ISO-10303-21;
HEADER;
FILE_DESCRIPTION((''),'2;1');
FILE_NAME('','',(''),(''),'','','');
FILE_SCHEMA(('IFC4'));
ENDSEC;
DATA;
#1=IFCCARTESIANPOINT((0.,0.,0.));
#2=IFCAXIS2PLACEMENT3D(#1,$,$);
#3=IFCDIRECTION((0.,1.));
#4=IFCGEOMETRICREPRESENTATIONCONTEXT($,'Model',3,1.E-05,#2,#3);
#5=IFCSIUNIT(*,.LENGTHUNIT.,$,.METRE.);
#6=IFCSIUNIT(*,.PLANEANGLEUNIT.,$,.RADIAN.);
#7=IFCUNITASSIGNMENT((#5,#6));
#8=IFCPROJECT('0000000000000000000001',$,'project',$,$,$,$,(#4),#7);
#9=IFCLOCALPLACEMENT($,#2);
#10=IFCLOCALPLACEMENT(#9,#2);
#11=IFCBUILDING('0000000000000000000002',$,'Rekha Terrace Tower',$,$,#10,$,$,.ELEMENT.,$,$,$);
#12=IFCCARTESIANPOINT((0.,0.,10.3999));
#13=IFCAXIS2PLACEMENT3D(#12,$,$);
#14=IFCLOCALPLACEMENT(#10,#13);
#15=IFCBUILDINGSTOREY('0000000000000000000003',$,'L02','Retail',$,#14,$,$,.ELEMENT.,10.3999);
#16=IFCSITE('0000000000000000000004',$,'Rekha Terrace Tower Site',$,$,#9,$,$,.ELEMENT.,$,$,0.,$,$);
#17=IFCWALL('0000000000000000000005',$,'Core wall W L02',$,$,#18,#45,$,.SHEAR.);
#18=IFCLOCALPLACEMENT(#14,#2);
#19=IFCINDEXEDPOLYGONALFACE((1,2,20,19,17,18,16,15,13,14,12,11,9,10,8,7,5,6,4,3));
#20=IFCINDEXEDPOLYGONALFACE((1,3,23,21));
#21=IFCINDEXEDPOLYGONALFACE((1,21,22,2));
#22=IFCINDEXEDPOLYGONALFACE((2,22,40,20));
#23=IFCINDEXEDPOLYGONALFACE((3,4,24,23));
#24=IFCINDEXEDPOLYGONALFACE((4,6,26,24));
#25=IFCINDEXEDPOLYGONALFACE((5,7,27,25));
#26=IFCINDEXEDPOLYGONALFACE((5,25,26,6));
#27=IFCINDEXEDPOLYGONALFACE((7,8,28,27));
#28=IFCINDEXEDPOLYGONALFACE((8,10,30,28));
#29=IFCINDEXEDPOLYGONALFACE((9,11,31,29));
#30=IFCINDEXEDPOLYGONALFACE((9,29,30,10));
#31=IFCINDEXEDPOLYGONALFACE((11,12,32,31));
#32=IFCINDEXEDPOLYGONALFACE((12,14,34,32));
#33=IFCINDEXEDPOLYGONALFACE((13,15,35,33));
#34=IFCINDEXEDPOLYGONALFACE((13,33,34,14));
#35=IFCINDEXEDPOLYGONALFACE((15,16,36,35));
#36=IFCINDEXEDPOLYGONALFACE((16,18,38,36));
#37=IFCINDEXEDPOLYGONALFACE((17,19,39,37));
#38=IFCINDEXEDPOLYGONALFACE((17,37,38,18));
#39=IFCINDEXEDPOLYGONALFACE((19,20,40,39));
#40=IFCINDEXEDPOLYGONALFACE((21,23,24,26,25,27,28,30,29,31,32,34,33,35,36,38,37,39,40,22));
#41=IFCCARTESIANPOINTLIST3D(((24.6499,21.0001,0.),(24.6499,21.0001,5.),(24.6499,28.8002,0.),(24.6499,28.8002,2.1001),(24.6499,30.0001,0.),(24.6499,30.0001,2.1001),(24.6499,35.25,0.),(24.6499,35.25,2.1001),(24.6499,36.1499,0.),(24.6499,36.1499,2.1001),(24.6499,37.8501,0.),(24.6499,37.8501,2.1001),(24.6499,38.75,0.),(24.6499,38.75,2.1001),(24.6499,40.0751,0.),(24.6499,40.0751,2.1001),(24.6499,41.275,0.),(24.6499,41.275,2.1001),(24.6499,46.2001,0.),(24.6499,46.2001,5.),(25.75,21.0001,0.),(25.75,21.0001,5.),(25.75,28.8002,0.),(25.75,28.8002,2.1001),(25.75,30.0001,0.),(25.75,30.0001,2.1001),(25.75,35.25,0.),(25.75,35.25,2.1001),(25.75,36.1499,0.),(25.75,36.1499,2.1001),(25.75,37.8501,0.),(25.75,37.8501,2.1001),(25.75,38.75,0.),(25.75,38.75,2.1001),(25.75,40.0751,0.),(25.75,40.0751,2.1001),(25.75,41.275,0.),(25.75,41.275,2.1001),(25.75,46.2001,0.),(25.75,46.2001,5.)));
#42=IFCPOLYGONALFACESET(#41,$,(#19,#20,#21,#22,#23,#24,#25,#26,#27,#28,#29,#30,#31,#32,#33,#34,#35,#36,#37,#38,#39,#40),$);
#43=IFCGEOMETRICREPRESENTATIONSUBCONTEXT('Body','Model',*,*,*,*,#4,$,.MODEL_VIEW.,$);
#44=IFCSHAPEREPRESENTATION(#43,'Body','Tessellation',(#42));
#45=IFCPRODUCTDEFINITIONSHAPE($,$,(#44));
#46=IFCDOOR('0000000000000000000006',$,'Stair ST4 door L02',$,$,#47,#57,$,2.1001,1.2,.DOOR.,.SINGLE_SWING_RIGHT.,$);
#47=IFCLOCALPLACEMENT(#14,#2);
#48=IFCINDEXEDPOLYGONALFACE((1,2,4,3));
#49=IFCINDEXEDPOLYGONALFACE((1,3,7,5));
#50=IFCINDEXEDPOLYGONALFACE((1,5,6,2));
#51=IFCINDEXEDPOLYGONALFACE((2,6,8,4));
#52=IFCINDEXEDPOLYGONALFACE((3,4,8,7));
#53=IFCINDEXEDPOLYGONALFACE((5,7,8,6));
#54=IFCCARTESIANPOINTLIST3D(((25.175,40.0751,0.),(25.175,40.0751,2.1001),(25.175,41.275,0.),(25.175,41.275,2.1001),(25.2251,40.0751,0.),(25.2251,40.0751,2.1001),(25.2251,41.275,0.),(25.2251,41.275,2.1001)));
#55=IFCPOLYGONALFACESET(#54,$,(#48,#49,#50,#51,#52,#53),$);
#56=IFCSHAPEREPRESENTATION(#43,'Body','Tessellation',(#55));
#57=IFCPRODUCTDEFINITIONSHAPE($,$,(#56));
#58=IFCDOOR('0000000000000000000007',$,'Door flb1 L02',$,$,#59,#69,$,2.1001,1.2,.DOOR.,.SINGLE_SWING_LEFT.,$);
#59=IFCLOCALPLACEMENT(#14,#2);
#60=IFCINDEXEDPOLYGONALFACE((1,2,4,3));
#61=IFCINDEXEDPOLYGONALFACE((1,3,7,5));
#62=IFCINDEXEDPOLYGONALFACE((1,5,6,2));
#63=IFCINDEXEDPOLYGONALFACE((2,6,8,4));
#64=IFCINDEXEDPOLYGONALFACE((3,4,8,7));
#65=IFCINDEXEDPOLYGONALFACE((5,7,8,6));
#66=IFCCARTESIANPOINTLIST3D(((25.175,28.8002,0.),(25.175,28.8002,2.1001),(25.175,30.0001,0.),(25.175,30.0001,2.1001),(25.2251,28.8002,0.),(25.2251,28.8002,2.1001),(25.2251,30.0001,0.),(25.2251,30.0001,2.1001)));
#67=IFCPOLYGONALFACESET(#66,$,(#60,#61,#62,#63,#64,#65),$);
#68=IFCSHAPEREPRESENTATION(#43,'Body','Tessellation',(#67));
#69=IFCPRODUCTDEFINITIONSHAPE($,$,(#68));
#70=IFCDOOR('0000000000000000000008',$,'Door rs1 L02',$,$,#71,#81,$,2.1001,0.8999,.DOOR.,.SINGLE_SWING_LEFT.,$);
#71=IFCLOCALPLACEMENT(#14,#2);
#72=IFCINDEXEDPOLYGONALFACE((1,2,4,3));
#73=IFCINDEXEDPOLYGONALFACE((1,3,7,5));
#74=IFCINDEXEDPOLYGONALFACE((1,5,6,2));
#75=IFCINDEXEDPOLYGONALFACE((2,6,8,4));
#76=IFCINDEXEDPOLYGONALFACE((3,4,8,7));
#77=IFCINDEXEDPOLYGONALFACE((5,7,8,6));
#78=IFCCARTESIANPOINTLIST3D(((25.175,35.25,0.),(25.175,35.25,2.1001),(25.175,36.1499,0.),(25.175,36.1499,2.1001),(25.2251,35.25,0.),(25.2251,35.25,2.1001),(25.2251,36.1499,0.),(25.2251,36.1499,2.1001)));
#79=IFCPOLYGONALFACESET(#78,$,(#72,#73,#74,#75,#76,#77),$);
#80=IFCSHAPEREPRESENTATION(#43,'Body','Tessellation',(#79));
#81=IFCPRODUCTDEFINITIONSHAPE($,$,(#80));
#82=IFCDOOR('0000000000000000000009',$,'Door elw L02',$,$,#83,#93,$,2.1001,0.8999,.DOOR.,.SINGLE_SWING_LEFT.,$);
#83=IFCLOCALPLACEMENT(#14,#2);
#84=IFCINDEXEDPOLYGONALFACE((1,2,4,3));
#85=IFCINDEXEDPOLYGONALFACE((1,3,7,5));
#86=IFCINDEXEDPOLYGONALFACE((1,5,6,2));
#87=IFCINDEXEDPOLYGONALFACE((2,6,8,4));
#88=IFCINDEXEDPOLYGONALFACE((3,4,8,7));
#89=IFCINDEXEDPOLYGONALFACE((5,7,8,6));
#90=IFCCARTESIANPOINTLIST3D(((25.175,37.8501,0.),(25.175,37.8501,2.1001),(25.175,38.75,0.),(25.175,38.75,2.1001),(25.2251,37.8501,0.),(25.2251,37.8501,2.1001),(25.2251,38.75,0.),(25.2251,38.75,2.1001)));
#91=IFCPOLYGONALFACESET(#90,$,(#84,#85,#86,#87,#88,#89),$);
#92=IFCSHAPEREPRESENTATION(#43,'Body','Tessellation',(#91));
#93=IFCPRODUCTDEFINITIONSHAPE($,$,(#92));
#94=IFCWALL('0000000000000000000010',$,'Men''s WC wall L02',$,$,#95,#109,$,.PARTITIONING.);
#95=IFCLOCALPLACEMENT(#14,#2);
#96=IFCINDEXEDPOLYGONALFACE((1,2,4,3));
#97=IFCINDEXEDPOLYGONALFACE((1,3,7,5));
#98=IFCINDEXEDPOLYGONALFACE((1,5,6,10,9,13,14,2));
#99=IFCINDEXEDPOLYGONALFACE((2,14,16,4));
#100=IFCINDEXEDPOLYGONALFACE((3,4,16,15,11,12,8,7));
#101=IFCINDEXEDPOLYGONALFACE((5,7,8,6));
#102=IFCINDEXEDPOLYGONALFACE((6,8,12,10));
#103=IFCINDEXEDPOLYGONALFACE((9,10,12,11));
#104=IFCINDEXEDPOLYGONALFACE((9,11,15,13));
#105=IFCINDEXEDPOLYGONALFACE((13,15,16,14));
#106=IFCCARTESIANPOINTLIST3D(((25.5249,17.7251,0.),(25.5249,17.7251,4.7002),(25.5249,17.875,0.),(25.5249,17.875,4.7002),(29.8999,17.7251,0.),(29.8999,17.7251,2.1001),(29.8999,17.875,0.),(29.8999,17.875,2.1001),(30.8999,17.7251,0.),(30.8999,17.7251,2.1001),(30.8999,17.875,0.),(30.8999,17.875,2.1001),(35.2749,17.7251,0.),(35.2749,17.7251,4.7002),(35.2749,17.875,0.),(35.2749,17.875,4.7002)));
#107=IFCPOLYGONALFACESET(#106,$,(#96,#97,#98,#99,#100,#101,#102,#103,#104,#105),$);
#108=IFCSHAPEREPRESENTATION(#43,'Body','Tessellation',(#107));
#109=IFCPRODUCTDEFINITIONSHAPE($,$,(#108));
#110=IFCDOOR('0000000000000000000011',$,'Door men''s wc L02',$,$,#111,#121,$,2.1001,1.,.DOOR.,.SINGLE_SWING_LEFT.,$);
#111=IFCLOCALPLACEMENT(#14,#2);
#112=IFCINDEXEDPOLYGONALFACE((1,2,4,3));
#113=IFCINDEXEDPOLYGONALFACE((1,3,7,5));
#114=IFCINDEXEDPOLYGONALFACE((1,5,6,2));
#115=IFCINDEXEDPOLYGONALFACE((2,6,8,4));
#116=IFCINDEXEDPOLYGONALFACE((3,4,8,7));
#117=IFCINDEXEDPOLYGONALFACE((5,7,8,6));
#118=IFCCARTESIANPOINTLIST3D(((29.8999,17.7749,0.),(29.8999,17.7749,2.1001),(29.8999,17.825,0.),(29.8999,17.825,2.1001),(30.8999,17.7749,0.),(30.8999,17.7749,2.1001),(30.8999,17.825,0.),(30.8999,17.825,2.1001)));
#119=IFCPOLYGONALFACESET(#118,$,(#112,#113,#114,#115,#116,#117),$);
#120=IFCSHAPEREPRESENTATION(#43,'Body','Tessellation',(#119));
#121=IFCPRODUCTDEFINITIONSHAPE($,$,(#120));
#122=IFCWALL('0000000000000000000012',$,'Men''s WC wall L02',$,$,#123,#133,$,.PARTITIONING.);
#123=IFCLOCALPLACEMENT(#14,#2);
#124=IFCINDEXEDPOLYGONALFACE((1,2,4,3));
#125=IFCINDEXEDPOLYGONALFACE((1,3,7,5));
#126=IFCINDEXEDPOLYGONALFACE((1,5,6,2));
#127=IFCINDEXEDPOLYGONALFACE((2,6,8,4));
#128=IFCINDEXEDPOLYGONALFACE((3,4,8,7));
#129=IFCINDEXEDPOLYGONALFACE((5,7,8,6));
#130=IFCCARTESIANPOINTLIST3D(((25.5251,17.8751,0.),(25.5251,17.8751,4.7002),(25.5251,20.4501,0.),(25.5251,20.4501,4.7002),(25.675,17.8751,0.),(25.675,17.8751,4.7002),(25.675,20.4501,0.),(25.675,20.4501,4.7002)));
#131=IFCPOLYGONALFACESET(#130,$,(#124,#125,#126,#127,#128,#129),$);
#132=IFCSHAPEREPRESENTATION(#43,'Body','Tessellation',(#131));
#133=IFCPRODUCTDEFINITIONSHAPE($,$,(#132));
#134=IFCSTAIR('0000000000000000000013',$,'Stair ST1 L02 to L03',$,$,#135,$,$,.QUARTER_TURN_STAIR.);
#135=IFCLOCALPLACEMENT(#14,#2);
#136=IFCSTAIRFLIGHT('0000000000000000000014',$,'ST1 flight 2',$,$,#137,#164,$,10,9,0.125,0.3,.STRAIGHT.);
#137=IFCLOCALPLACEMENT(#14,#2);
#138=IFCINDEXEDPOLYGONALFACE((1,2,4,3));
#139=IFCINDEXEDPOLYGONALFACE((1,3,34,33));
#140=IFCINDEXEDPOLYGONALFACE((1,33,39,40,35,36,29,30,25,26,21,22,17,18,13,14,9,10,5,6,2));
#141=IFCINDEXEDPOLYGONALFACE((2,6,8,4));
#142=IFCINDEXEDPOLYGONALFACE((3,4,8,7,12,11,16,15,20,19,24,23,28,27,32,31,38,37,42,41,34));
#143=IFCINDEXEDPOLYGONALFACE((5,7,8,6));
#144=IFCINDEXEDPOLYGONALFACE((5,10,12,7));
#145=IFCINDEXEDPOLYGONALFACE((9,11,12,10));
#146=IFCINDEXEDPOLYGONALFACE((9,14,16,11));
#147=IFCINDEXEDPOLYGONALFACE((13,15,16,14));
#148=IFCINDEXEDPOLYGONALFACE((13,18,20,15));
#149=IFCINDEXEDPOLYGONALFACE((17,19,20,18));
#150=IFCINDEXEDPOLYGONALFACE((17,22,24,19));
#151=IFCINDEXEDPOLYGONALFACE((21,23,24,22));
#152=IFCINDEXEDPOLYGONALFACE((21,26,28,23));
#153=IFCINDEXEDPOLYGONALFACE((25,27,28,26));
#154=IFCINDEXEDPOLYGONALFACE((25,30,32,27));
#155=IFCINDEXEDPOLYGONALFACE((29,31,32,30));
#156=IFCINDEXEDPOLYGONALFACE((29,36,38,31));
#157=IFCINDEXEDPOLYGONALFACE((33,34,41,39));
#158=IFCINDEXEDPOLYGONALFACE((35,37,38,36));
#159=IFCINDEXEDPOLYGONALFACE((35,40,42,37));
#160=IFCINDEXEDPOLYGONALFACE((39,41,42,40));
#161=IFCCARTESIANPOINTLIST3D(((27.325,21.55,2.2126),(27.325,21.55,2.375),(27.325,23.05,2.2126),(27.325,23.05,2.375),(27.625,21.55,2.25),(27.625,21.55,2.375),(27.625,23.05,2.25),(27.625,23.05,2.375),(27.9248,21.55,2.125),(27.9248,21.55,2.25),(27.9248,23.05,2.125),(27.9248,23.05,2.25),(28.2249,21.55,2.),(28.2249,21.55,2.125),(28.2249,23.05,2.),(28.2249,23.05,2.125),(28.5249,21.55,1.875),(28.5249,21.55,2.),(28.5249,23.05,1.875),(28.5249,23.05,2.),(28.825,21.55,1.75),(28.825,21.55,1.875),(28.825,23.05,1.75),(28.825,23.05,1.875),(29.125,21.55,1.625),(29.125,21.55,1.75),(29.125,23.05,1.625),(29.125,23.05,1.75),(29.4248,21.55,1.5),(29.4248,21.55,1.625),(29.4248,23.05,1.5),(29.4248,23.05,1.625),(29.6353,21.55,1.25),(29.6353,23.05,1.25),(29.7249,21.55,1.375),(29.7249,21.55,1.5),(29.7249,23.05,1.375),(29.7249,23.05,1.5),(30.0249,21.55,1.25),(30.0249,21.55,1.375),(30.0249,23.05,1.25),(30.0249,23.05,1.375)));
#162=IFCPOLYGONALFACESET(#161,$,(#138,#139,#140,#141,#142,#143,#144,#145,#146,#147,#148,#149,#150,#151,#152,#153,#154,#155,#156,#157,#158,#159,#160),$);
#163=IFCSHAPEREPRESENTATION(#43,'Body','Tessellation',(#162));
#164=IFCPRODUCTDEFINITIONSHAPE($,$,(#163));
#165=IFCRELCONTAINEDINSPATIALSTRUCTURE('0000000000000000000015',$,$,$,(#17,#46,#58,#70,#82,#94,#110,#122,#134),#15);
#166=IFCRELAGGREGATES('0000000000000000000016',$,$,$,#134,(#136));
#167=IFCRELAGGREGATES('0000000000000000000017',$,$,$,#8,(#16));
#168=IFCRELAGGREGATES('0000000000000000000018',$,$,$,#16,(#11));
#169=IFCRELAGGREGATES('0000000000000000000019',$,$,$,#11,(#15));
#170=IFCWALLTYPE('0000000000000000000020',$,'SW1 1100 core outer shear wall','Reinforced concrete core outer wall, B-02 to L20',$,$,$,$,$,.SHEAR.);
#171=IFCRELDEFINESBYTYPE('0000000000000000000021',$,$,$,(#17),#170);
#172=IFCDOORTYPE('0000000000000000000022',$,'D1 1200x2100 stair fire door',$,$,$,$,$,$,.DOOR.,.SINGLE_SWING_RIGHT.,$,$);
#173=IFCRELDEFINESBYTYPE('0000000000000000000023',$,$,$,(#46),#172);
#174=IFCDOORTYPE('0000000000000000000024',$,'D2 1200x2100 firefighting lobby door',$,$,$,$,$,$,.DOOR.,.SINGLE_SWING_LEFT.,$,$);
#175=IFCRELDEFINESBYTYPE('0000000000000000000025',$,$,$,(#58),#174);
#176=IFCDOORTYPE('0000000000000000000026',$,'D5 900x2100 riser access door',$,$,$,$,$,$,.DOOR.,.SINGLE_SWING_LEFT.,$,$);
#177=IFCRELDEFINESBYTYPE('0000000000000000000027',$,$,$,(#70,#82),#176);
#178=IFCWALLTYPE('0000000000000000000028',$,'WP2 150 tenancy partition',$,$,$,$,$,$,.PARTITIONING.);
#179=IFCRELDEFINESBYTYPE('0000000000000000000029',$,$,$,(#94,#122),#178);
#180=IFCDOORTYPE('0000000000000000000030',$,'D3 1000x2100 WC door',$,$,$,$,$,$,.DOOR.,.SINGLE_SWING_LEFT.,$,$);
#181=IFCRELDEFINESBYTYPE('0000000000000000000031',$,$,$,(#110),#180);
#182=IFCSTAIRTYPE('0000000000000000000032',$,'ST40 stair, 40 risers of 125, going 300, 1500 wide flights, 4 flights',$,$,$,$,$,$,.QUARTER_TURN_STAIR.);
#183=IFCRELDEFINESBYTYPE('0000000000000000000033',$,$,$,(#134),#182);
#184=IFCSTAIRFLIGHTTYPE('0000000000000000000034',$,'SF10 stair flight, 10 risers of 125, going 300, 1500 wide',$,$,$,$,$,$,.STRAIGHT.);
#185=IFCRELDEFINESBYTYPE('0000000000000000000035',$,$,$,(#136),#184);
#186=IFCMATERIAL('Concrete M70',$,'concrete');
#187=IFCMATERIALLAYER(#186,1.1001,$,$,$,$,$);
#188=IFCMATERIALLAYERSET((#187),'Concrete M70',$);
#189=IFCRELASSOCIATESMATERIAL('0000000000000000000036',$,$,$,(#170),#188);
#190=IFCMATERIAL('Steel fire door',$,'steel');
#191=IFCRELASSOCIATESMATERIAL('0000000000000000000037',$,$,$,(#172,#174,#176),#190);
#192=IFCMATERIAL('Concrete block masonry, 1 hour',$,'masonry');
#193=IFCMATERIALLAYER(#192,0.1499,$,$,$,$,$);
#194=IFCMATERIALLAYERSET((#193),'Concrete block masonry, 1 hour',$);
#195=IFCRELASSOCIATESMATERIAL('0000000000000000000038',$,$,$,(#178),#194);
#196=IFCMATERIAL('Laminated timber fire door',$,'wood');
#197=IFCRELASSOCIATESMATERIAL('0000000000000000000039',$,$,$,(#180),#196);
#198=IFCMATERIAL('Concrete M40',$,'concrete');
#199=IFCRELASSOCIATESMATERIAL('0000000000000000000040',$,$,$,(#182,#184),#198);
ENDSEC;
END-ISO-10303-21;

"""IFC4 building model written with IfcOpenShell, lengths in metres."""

from ifc_helpers import new_model, si_unit, direction, frame, frame_2d, origin, place, context, subcontext, project, spatial, polyline, rectangle, outline, extrude, material, layer, layer_set, type_object, element, fill, aggregate, save


model = new_model("IFC4")

# Units and contexts
model_context = context("Model", 3, precision=1e-05, world=origin(), true_north=direction((0.0, 1.0)))
body_context = subcontext(model_context, "Body", "Model", "MODEL_VIEW")
ifc_project = project(units=[si_unit("LENGTHUNIT", "METRE"), si_unit("PLANEANGLEUNIT", "RADIAN")], contexts=[model_context])

# Site, building, storey
site_placement = place(None, origin())
site = spatial("IfcSite", under=ifc_project, at=site_placement, Name="Rekha Terrace Tower Site", CompositionType="ELEMENT", RefElevation=0.0)
building_placement = place(site_placement, origin())
building = spatial("IfcBuilding", under=site, at=building_placement, Name="Rekha Terrace Tower", CompositionType="ELEMENT")
storey_placement = place(building_placement, frame((0.0, 0.0, 10.3999)))
storey = spatial("IfcBuildingStorey", under=building, at=storey_placement, Name="L02", Description="Retail", CompositionType="ELEMENT", Elevation=10.3999)

# Shared definitions
ifc_material_1 = material(Name="Concrete M70", Category="concrete")

# Shared definitions
ifc_layer_1 = layer(ifc_material_1, 1.1001)
ifc_layer_set_1 = layer_set([ifc_layer_1], Name="Concrete M70")
wall_type_1 = type_object("IfcWallType", Name="SW1 1100 core outer shear wall", Description="Reinforced concrete core outer wall, B-02 to L20", PredefinedType="SHEAR", material=ifc_layer_set_1)

# Wall, openings, doors
wall_1_placement = place(storey_placement, frame((25.2, 21.0, 0.0), z_axis=(0.0, 0.0, 1.0), x_axis=(0.0, 1.0, 0.0)))
wall_1 = element("IfcWall", 1, at=wall_1_placement, inside=storey, type_object=wall_type_1, Name="Core wall W L02", PredefinedType="SHEAR", context=body_context, shape_type="SweptSolid", body=[
    extrude(rectangle(XDim=25.2, YDim=1.1001, at=frame_2d((12.6001, 0.0))), origin(), (0.0, 0.0, 1.0), 5.0),
])
opening_1_placement = place(wall_1_placement, frame((7.8, 0.0, 0.0)))
opening_1 = element("IfcOpeningElement", 2, at=opening_1_placement, cuts=wall_1, PredefinedType="OPENING", context=body_context, shape_type="SweptSolid", body=[
    extrude(rectangle(XDim=1.2, YDim=2.1001, at=frame_2d((0.6001, 1.05))), frame((0.0, 0.5601, 0.0), z_axis=(0.0, -1.0, 0.0), x_axis=(1.0, 0.0, 0.0)), (0.0, 0.0, 1.0), 1.1201),
])
opening_2_placement = place(wall_1_placement, frame((14.25, 0.0, 0.0)))
opening_2 = element("IfcOpeningElement", 3, at=opening_2_placement, cuts=wall_1, PredefinedType="OPENING", context=body_context, shape_type="SweptSolid", body=[
    extrude(rectangle(XDim=0.8999, YDim=2.1001, at=frame_2d((0.45, 1.05))), frame((0.0, 0.5601, 0.0), z_axis=(0.0, -1.0, 0.0), x_axis=(1.0, 0.0, 0.0)), (0.0, 0.0, 1.0), 1.1201),
])
opening_3_placement = place(wall_1_placement, frame((16.8501, 0.0, 0.0)))
opening_3 = element("IfcOpeningElement", 4, at=opening_3_placement, cuts=wall_1, PredefinedType="OPENING", context=body_context, shape_type="SweptSolid", body=[
    extrude(rectangle(XDim=0.8999, YDim=2.1001, at=frame_2d((0.45, 1.05))), frame((0.0, 0.5601, 0.0), z_axis=(0.0, -1.0, 0.0), x_axis=(1.0, 0.0, 0.0)), (0.0, 0.0, 1.0), 1.1201),
])
opening_4_placement = place(wall_1_placement, frame((19.075, 0.0, 0.0)))
opening_4 = element("IfcOpeningElement", 5, at=opening_4_placement, cuts=wall_1, PredefinedType="OPENING", context=body_context, shape_type="SweptSolid", body=[
    extrude(rectangle(XDim=1.2, YDim=2.1001, at=frame_2d((0.6001, 1.05))), frame((0.0, 0.5601, 0.0), z_axis=(0.0, -1.0, 0.0), x_axis=(1.0, 0.0, 0.0)), (0.0, 0.0, 1.0), 1.1201),
])
ifc_material_2 = material(Name="Steel fire door", Category="steel")
door_type_1 = type_object("IfcDoorType", Name="D1 1200x2100 stair fire door", OperationType="SINGLE_SWING_RIGHT", PredefinedType="DOOR", material=ifc_material_2)
door_1_placement = place(opening_4_placement, origin())
door_1 = element("IfcDoor", 6, at=door_1_placement, inside=storey, type_object=door_type_1, Name="Stair ST4 door L02", OperationType="SINGLE_SWING_RIGHT", OverallHeight=2.1001, OverallWidth=1.2, PredefinedType="DOOR", context=body_context, shape_type="SweptSolid", body=[
    extrude(rectangle(XDim=1.2, YDim=2.1001, at=frame_2d((0.6001, 1.05))), frame((0.0, 0.0249, 0.0), z_axis=(0.0, -1.0, 0.0), x_axis=(1.0, 0.0, 0.0)), (0.0, 0.0, 1.0), 0.05),
])
fill(opening_4, door_1)
door_type_2 = type_object("IfcDoorType", Name="D2 1200x2100 firefighting lobby door", OperationType="SINGLE_SWING_LEFT", PredefinedType="DOOR", material=ifc_material_2)
door_2_placement = place(opening_1_placement, origin())
door_2 = element("IfcDoor", 7, at=door_2_placement, inside=storey, type_object=door_type_2, Name="Door flb1 L02", OperationType="SINGLE_SWING_LEFT", OverallHeight=2.1001, OverallWidth=1.2, PredefinedType="DOOR", context=body_context, shape_type="SweptSolid", body=[
    extrude(rectangle(XDim=1.2, YDim=2.1001, at=frame_2d((0.6001, 1.05))), frame((0.0, 0.0249, 0.0), z_axis=(0.0, -1.0, 0.0), x_axis=(1.0, 0.0, 0.0)), (0.0, 0.0, 1.0), 0.05),
])
fill(opening_1, door_2)
door_type_3 = type_object("IfcDoorType", Name="D5 900x2100 riser access door", OperationType="SINGLE_SWING_LEFT", PredefinedType="DOOR", material=ifc_material_2)
door_3_placement = place(opening_2_placement, origin())
door_3 = element("IfcDoor", 8, at=door_3_placement, inside=storey, type_object=door_type_3, Name="Door rs1 L02", OperationType="SINGLE_SWING_LEFT", OverallHeight=2.1001, OverallWidth=0.8999, PredefinedType="DOOR", context=body_context, shape_type="SweptSolid", body=[
    extrude(rectangle(XDim=0.8999, YDim=2.1001, at=frame_2d((0.45, 1.05))), frame((0.0, 0.0249, 0.0), z_axis=(0.0, -1.0, 0.0), x_axis=(1.0, 0.0, 0.0)), (0.0, 0.0, 1.0), 0.05),
])
fill(opening_2, door_3)
door_4_placement = place(opening_3_placement, origin())
door_4 = element("IfcDoor", 9, at=door_4_placement, inside=storey, type_object=door_type_3, Name="Door elw L02", OperationType="SINGLE_SWING_LEFT", OverallHeight=2.1001, OverallWidth=0.8999, PredefinedType="DOOR", context=body_context, shape_type="SweptSolid", body=[
    extrude(rectangle(XDim=0.8999, YDim=2.1001, at=frame_2d((0.45, 1.05))), frame((0.0, 0.0249, 0.0), z_axis=(0.0, -1.0, 0.0), x_axis=(1.0, 0.0, 0.0)), (0.0, 0.0, 1.0), 0.05),
])
fill(opening_3, door_4)

# Wall, opening, door
ifc_material_3 = material(Name="Concrete block masonry, 1 hour", Category="masonry")
ifc_layer_2 = layer(ifc_material_3, 0.1499)
ifc_layer_set_2 = layer_set([ifc_layer_2], Name="Concrete block masonry, 1 hour")
wall_type_2 = type_object("IfcWallType", Name="WP2 150 tenancy partition", PredefinedType="PARTITIONING", material=ifc_layer_set_2)
wall_2_placement = place(storey_placement, frame((25.5249, 17.8, 0.0), z_axis=(0.0, 0.0, 1.0), x_axis=(1.0, 0.0, 0.0)))
wall_2 = element("IfcWall", 10, at=wall_2_placement, inside=storey, type_object=wall_type_2, Name="Men's WC wall L02", PredefinedType="PARTITIONING", context=body_context, shape_type="SweptSolid", body=[
    extrude(rectangle(XDim=9.75, YDim=0.1499, at=frame_2d((4.875, 0.0))), origin(), (0.0, 0.0, 1.0), 4.7002),
])
opening_5_placement = place(wall_2_placement, frame((4.375, 0.0, 0.0)))
opening_5 = element("IfcOpeningElement", 11, at=opening_5_placement, cuts=wall_2, PredefinedType="OPENING", context=body_context, shape_type="SweptSolid", body=[
    extrude(rectangle(XDim=1.0, YDim=2.1001, at=frame_2d((0.5, 1.05))), frame((0.0, 0.085, 0.0), z_axis=(0.0, -1.0, 0.0), x_axis=(1.0, 0.0, 0.0)), (0.0, 0.0, 1.0), 0.1699),
])
ifc_material_4 = material(Name="Laminated timber fire door", Category="wood")
door_type_4 = type_object("IfcDoorType", Name="D3 1000x2100 WC door", OperationType="SINGLE_SWING_LEFT", PredefinedType="DOOR", material=ifc_material_4)
door_5_placement = place(opening_5_placement, origin())
door_5 = element("IfcDoor", 12, at=door_5_placement, inside=storey, type_object=door_type_4, Name="Door men's wc L02", OperationType="SINGLE_SWING_LEFT", OverallHeight=2.1001, OverallWidth=1.0, PredefinedType="DOOR", context=body_context, shape_type="SweptSolid", body=[
    extrude(rectangle(XDim=1.0, YDim=2.1001, at=frame_2d((0.5, 1.05))), frame((0.0, 0.0249, 0.0), z_axis=(0.0, -1.0, 0.0), x_axis=(1.0, 0.0, 0.0)), (0.0, 0.0, 1.0), 0.05),
])
fill(opening_5, door_5)

# Wall
wall_3_placement = place(storey_placement, frame((25.6001, 17.875, 0.0), z_axis=(0.0, 0.0, 1.0), x_axis=(0.0, 1.0, 0.0)))
element("IfcWall", 13, at=wall_3_placement, inside=storey, type_object=wall_type_2, Name="Men's WC wall L02", PredefinedType="PARTITIONING", context=body_context, shape_type="SweptSolid", body=[
    extrude(rectangle(XDim=2.575, YDim=0.1499, at=frame_2d((1.2876, 0.0))), origin(), (0.0, 0.0, 1.0), 4.7002),
])

# Stair, stair flight
ifc_material_5 = material(Name="Concrete M40", Category="concrete")
stair_type = type_object("IfcStairType", Name="ST40 stair, 40 risers of 125, going 300, 1500 wide flights, 4 flights", PredefinedType="QUARTER_TURN_STAIR", material=ifc_material_5)
stair_placement = place(storey_placement, origin())
stair = element("IfcStair", 14, at=stair_placement, inside=storey, type_object=stair_type, Name="Stair ST1 L02 to L03", PredefinedType="QUARTER_TURN_STAIR")
stair_flight_type = type_object("IfcStairFlightType", Name="SF10 stair flight, 10 risers of 125, going 300, 1500 wide", PredefinedType="STRAIGHT", material=ifc_material_5)
stair_flight_1_placement = place(storey_placement, frame((30.0249, 22.3, 1.25), z_axis=(0.0, 0.0, 1.0), x_axis=(-1.0, 0.0, 0.0)))
stair_flight_1 = element("IfcStairFlight", 15, at=stair_flight_1_placement, type_object=stair_flight_type, Name="ST1 flight 2", NumberOfRisers=10, NumberOfTreads=9, PredefinedType="STRAIGHT", RiserHeight=0.125, TreadLength=0.3, context=body_context, shape_type="SweptSolid", body=[
    extrude(outline(polyline([(0.0, 0.0), (0.0, 0.125), (0.3, 0.125), (0.3, 0.25), (0.6001, 0.25), (0.6001, 0.375), (0.8999, 0.375), (0.8999, 0.5), (1.2, 0.5), (1.2, 0.625), (1.5, 0.625), (1.5, 0.75), (1.8, 0.75), (1.8, 0.875), (2.1001, 0.875), (2.1001, 1.0), (2.3999, 1.0), (2.3999, 1.125), (2.7, 1.125), (2.7, 1.25), (2.7, 0.9626), (0.3896, 0.0), (0.0, 0.0)])), frame((0.0, 0.75, 0.0), z_axis=(0.0, -1.0, 0.0), x_axis=(1.0, 0.0, 0.0)), (0.0, 0.0, 1.0), 1.5),
])
aggregate(stair, [stair_flight_1])

save(model, "model.ifc")
